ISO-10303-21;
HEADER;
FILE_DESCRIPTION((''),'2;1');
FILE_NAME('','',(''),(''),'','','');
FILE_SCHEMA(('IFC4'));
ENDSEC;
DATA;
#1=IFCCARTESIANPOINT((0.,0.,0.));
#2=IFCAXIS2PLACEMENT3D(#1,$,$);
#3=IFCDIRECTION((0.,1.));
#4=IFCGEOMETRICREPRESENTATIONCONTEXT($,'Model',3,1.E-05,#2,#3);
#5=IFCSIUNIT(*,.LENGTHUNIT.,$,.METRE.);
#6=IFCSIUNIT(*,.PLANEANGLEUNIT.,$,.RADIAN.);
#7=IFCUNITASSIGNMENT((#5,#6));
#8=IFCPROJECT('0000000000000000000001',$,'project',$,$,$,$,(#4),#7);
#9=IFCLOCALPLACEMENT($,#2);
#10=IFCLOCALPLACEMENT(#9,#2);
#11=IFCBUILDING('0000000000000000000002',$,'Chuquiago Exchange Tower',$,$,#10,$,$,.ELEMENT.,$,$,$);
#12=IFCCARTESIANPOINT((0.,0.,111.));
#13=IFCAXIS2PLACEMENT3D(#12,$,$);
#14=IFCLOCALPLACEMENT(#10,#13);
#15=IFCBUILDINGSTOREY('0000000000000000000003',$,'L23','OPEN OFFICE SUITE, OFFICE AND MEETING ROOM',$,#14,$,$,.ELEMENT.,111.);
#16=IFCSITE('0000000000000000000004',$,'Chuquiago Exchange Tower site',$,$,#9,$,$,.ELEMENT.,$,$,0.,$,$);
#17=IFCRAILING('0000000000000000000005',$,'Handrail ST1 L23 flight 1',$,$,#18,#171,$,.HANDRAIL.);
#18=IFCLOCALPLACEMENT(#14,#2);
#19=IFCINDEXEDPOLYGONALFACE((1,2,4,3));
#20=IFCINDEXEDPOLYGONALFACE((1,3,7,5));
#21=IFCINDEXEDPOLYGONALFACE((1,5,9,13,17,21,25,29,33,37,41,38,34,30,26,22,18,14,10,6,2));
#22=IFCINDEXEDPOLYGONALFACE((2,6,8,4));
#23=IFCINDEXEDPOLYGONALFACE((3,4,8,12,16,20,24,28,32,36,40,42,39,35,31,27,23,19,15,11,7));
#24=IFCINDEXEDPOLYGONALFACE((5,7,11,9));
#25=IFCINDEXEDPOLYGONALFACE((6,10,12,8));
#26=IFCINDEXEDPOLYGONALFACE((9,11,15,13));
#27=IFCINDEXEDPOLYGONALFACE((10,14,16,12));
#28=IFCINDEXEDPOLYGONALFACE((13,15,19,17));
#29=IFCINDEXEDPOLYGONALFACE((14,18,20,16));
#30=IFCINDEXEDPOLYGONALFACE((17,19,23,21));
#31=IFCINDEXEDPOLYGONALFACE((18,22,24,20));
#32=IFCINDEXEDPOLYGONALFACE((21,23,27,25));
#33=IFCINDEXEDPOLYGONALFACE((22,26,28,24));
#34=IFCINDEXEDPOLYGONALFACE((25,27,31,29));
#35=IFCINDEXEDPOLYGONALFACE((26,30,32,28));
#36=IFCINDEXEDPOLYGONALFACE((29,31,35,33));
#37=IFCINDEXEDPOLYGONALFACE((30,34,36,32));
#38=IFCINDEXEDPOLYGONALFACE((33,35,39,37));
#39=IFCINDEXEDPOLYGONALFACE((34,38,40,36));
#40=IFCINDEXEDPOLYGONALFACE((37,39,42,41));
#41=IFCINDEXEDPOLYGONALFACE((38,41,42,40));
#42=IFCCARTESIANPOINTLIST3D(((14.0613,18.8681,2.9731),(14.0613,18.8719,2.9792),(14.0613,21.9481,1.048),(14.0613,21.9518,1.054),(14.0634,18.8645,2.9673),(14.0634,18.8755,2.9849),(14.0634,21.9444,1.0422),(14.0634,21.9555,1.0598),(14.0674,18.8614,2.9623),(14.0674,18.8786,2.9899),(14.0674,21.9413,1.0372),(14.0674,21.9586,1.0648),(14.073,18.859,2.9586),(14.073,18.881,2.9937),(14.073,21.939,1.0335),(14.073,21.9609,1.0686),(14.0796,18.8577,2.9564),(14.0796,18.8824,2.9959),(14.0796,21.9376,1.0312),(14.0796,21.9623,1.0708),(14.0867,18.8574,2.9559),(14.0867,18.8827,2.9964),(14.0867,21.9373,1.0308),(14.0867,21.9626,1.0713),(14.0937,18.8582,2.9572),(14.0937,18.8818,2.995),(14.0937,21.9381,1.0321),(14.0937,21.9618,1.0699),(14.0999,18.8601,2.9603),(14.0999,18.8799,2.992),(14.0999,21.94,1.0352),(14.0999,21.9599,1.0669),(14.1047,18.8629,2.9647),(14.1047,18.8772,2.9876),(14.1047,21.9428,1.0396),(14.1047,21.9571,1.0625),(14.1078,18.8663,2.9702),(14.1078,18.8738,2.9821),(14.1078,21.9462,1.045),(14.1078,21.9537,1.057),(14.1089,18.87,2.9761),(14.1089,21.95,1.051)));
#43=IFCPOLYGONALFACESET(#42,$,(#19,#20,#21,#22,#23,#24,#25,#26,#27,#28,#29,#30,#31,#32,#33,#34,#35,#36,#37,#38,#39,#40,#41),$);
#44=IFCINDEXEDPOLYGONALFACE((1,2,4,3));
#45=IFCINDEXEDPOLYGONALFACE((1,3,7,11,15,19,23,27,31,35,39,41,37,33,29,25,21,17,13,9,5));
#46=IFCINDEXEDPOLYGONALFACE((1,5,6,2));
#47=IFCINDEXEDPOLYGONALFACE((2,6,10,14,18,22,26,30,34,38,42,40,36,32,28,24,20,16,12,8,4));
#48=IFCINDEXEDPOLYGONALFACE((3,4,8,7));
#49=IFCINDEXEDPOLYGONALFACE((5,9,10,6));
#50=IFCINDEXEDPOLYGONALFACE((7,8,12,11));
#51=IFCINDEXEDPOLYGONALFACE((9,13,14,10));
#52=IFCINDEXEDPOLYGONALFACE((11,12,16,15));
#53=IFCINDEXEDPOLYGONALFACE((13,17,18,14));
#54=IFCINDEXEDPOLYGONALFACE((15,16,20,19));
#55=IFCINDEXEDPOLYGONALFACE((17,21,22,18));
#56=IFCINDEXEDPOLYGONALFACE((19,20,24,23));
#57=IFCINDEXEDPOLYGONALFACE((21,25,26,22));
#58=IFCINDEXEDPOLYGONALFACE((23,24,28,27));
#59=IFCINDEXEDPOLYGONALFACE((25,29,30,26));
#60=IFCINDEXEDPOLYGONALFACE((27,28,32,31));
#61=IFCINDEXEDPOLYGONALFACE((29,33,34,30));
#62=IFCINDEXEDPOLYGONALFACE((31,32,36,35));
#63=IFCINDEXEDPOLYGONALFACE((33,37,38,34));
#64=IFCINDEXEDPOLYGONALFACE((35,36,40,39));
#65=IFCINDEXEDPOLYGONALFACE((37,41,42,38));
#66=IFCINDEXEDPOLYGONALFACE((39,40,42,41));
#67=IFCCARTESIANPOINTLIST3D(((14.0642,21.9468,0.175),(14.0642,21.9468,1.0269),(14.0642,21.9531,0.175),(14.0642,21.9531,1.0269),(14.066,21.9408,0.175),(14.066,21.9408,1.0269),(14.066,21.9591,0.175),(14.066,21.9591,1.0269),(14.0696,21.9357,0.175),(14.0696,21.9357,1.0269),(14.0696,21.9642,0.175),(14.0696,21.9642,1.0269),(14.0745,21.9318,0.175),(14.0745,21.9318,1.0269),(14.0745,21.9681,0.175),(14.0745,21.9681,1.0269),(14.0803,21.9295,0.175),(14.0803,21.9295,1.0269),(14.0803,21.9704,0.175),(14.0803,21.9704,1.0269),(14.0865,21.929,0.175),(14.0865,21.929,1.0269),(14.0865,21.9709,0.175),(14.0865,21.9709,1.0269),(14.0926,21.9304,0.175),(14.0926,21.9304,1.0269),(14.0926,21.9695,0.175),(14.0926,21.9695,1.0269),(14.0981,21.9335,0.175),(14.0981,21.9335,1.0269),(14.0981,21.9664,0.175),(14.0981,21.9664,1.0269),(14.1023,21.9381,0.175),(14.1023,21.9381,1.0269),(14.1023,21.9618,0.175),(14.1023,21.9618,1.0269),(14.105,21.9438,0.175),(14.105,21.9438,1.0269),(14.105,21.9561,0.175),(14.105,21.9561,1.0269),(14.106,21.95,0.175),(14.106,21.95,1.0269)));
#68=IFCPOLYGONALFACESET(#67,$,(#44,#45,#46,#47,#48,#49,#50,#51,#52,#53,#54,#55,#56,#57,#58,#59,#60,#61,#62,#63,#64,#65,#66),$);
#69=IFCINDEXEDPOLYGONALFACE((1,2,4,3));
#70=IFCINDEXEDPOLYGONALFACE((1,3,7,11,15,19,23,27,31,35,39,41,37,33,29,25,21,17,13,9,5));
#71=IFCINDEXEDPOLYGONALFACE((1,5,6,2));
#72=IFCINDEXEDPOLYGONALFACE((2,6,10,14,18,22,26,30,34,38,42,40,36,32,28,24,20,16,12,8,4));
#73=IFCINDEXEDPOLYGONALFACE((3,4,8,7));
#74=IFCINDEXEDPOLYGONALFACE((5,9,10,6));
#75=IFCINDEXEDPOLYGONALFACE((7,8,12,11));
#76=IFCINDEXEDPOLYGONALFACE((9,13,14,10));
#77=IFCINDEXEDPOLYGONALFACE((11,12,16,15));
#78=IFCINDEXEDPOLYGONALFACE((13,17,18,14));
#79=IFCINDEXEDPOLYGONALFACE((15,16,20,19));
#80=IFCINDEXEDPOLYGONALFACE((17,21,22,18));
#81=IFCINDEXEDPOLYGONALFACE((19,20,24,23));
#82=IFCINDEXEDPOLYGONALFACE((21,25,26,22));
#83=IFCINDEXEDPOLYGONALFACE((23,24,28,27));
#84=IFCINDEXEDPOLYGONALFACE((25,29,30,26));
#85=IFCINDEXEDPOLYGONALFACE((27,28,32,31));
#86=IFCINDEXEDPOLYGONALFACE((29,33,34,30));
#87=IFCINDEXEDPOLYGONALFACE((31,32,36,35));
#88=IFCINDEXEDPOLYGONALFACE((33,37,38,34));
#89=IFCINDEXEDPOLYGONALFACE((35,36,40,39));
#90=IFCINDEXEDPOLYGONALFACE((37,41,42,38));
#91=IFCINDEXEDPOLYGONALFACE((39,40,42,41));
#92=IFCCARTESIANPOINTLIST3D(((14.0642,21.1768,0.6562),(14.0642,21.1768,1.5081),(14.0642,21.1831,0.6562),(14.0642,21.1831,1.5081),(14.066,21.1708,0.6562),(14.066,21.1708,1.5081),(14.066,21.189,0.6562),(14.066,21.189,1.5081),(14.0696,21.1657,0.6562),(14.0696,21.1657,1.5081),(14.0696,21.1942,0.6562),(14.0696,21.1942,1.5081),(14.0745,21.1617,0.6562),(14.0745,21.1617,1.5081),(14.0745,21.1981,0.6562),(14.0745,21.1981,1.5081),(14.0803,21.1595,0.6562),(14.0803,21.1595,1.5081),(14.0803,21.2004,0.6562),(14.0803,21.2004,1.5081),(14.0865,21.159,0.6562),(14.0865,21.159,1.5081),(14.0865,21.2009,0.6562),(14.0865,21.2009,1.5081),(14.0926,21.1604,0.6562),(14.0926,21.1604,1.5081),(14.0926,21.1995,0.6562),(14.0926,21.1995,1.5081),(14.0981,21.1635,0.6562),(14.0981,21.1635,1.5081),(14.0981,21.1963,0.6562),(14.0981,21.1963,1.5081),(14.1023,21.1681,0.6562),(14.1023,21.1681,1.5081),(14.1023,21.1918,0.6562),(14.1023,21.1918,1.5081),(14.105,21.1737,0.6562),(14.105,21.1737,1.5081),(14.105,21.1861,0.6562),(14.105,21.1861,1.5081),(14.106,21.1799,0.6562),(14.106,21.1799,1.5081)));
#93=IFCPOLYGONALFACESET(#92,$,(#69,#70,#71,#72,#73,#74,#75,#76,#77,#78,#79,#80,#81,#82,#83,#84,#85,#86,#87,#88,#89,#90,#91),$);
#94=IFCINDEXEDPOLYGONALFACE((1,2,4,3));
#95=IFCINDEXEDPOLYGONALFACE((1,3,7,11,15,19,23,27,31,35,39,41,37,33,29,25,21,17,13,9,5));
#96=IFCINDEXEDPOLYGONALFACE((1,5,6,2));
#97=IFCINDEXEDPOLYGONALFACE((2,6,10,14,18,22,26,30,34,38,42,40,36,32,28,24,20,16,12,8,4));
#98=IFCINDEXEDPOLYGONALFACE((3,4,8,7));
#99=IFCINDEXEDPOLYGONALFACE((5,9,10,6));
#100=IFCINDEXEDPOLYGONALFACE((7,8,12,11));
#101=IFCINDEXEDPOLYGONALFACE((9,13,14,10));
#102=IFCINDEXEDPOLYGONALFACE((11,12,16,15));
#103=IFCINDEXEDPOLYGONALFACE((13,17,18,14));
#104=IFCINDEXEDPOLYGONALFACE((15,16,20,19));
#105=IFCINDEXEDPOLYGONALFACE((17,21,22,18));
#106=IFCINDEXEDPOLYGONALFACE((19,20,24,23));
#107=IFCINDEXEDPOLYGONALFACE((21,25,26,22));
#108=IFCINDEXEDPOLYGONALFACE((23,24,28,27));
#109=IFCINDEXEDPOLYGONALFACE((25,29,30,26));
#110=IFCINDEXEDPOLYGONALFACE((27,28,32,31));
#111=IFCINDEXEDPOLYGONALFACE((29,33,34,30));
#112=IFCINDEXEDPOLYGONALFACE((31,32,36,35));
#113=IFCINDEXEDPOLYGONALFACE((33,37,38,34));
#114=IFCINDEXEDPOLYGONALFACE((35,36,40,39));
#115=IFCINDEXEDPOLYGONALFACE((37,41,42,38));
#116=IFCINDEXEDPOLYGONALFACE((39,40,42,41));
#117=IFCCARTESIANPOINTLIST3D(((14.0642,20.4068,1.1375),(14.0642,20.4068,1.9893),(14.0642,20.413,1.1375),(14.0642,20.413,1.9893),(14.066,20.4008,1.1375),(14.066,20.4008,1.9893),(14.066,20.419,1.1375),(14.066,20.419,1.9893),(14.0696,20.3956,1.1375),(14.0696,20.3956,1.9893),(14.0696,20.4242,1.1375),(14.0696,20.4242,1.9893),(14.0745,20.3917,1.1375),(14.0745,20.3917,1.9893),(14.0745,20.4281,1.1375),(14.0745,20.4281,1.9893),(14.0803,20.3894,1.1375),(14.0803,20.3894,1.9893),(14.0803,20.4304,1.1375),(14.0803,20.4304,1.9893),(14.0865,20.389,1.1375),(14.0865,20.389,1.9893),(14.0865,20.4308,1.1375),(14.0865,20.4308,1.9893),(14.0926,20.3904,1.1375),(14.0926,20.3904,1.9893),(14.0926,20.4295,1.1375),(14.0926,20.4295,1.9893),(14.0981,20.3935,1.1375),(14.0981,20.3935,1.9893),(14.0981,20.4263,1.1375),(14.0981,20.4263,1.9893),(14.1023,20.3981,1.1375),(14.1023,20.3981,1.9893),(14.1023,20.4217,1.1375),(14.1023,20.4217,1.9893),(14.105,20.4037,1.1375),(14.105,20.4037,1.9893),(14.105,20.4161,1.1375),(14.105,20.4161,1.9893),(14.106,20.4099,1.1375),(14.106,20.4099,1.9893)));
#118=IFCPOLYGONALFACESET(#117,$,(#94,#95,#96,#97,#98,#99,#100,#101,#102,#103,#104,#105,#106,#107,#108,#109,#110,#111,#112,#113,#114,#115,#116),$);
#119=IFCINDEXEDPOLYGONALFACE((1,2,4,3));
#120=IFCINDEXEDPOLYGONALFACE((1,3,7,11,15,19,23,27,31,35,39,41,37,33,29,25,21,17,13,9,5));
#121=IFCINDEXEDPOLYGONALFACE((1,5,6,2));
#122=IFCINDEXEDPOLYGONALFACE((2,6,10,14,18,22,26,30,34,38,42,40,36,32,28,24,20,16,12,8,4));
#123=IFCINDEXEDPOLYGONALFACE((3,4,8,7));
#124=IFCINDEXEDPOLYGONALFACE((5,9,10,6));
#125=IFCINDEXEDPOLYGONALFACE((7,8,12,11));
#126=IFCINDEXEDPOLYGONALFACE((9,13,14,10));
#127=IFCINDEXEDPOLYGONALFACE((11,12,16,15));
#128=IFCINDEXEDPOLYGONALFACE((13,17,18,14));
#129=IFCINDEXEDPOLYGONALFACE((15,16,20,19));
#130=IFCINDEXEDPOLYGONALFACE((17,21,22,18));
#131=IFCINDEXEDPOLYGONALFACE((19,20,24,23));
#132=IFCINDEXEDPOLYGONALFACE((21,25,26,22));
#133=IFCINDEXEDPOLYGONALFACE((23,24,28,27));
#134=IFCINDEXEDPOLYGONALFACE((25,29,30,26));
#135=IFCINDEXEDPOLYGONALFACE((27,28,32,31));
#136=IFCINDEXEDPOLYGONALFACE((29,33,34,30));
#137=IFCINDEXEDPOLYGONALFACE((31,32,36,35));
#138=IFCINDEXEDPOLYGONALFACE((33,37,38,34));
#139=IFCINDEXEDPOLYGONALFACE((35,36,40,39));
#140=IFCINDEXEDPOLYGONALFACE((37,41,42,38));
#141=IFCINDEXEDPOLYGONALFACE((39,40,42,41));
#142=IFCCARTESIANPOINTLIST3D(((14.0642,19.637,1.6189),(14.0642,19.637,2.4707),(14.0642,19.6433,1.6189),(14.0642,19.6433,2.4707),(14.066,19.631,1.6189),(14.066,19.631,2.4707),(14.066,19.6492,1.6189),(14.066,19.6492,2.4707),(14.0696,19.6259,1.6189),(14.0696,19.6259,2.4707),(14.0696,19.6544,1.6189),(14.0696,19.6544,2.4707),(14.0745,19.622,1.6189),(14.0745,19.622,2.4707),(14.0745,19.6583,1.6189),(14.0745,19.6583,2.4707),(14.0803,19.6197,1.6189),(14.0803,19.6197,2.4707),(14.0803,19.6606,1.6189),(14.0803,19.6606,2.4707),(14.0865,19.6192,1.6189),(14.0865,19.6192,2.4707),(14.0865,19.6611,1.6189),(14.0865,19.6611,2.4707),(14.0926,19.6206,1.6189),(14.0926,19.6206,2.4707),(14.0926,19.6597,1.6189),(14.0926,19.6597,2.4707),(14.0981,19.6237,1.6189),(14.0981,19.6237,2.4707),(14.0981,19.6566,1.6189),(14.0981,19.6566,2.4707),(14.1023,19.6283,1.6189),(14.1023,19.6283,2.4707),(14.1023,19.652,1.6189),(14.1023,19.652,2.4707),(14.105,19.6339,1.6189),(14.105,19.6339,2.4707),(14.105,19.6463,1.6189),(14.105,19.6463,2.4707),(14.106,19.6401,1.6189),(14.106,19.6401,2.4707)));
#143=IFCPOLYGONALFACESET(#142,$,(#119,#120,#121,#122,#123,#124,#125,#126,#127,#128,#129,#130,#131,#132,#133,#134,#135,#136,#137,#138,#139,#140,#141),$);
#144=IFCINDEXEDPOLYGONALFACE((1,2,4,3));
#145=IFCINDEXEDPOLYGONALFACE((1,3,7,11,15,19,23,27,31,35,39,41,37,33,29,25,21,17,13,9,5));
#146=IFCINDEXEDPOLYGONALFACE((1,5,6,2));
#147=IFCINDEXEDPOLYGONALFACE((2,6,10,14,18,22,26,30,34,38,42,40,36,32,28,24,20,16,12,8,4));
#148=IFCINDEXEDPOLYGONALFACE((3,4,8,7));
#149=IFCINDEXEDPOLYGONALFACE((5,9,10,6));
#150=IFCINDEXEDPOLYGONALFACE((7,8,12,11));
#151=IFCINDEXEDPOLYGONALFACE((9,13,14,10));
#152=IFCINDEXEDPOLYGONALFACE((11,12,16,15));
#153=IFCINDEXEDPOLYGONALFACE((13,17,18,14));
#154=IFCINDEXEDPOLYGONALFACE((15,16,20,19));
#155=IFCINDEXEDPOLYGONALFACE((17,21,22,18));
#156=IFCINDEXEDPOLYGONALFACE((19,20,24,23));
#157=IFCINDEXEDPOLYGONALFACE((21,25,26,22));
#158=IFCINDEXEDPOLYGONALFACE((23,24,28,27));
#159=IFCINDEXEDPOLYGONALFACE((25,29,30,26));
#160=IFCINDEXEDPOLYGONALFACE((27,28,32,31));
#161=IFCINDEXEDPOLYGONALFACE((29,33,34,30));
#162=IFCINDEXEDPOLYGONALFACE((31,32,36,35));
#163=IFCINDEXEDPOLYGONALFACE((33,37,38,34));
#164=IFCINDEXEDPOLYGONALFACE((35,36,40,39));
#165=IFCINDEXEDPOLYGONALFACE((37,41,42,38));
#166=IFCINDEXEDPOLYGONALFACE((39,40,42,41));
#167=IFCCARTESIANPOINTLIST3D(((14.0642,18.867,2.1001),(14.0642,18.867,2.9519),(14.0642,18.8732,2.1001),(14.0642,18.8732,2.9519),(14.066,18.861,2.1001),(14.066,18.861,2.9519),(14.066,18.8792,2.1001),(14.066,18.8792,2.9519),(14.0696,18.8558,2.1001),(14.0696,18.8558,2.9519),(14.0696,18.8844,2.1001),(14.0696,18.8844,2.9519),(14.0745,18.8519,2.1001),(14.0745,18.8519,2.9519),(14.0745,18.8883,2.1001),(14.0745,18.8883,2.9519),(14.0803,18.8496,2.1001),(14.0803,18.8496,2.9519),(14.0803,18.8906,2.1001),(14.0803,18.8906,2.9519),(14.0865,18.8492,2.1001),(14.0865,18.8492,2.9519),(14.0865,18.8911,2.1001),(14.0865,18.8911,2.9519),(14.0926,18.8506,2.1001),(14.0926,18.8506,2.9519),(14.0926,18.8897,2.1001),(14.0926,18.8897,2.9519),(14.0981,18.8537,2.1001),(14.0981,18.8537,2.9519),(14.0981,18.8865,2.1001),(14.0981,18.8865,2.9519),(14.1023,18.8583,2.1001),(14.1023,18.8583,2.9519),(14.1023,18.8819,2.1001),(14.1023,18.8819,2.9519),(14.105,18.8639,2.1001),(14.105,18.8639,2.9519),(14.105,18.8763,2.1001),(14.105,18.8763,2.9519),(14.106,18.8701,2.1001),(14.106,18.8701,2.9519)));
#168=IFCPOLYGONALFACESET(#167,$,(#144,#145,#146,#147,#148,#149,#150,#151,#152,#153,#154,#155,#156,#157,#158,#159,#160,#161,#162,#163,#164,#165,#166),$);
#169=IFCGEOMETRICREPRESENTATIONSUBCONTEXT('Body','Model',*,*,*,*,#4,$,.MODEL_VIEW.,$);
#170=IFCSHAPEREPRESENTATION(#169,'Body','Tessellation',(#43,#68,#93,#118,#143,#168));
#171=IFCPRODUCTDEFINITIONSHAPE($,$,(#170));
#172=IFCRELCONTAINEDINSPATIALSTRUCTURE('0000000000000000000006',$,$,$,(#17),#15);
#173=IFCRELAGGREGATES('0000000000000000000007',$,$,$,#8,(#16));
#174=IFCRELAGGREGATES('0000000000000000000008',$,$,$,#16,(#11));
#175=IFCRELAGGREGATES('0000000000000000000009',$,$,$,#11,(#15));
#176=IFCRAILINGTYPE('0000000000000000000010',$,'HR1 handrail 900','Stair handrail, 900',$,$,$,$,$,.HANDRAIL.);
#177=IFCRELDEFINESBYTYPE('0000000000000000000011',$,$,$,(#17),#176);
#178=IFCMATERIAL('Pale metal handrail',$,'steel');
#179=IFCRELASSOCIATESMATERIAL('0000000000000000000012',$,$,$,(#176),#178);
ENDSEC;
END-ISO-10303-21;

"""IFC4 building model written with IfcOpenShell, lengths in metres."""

from ifc_helpers import new_model, si_unit, direction, frame, origin, origin_2d, place, context, subcontext, project, spatial, circle, extrude, material, type_object, element, save


model = new_model("IFC4")

# Units and contexts
model_context = context("Model", 3, precision=1e-05, world=origin(), true_north=direction((0.0, 1.0)))
body_context = subcontext(model_context, "Body", "Model", "MODEL_VIEW")
ifc_project = project(units=[si_unit("LENGTHUNIT", "METRE"), si_unit("PLANEANGLEUNIT", "RADIAN")], contexts=[model_context])

# Site, building, storey
site_placement = place(None, origin())
site = spatial("IfcSite", under=ifc_project, at=site_placement, Name="Chuquiago Exchange Tower site", CompositionType="ELEMENT", RefElevation=0.0)
building_placement = place(site_placement, origin())
building = spatial("IfcBuilding", under=site, at=building_placement, Name="Chuquiago Exchange Tower", CompositionType="ELEMENT")
storey_placement = place(building_placement, frame((0.0, 0.0, 111.0)))
storey = spatial("IfcBuildingStorey", under=building, at=storey_placement, Name="L23", Description="OPEN OFFICE SUITE, OFFICE AND MEETING ROOM", CompositionType="ELEMENT", Elevation=111.0)

# Railing
ifc_material_1 = material(Name="Pale metal handrail", Category="steel")
railing_type_1 = type_object("IfcRailingType", Name="HR1 handrail 900", Description="Stair handrail, 900", PredefinedType="HANDRAIL", material=ifc_material_1)
for number, where, name in (
    (1, (14.085, 21.95, 0.175), "Handrail ST1 L23 flight 1"),
):
    element("IfcRailing", number, at=place(storey_placement, frame(where)), inside=storey, type_object=railing_type_1, Name=name, PredefinedType="HANDRAIL", context=body_context, shape_type="SweptSolid", body=[
        extrude(circle(Radius=0.0239, at=origin_2d()), frame((0.0, 0.0, 0.876), z_axis=(0.0, -0.847979, 0.530029), x_axis=(1.0, 0.0, 0.0)), (0.0, 0.0, 1.0), 3.6321),
        extrude(circle(Radius=0.021, at=origin_2d()), origin(), (0.0, 0.0, 1.0), 0.8518),
        extrude(circle(Radius=0.021, at=origin_2d()), frame((0.0, -0.77, 0.4812)), (0.0, 0.0, 1.0), 0.8518),
        extrude(circle(Radius=0.021, at=origin_2d()), frame((0.0, -1.54, 0.9624)), (0.0, 0.0, 1.0), 0.8518),
        extrude(circle(Radius=0.021, at=origin_2d()), frame((0.0, -2.3098, 1.4438)), (0.0, 0.0, 1.0), 0.8518),
        extrude(circle(Radius=0.021, at=origin_2d()), frame((0.0, -3.0798, 1.925)), (0.0, 0.0, 1.0), 0.8518),
    ])

save(model, "model.ifc")
